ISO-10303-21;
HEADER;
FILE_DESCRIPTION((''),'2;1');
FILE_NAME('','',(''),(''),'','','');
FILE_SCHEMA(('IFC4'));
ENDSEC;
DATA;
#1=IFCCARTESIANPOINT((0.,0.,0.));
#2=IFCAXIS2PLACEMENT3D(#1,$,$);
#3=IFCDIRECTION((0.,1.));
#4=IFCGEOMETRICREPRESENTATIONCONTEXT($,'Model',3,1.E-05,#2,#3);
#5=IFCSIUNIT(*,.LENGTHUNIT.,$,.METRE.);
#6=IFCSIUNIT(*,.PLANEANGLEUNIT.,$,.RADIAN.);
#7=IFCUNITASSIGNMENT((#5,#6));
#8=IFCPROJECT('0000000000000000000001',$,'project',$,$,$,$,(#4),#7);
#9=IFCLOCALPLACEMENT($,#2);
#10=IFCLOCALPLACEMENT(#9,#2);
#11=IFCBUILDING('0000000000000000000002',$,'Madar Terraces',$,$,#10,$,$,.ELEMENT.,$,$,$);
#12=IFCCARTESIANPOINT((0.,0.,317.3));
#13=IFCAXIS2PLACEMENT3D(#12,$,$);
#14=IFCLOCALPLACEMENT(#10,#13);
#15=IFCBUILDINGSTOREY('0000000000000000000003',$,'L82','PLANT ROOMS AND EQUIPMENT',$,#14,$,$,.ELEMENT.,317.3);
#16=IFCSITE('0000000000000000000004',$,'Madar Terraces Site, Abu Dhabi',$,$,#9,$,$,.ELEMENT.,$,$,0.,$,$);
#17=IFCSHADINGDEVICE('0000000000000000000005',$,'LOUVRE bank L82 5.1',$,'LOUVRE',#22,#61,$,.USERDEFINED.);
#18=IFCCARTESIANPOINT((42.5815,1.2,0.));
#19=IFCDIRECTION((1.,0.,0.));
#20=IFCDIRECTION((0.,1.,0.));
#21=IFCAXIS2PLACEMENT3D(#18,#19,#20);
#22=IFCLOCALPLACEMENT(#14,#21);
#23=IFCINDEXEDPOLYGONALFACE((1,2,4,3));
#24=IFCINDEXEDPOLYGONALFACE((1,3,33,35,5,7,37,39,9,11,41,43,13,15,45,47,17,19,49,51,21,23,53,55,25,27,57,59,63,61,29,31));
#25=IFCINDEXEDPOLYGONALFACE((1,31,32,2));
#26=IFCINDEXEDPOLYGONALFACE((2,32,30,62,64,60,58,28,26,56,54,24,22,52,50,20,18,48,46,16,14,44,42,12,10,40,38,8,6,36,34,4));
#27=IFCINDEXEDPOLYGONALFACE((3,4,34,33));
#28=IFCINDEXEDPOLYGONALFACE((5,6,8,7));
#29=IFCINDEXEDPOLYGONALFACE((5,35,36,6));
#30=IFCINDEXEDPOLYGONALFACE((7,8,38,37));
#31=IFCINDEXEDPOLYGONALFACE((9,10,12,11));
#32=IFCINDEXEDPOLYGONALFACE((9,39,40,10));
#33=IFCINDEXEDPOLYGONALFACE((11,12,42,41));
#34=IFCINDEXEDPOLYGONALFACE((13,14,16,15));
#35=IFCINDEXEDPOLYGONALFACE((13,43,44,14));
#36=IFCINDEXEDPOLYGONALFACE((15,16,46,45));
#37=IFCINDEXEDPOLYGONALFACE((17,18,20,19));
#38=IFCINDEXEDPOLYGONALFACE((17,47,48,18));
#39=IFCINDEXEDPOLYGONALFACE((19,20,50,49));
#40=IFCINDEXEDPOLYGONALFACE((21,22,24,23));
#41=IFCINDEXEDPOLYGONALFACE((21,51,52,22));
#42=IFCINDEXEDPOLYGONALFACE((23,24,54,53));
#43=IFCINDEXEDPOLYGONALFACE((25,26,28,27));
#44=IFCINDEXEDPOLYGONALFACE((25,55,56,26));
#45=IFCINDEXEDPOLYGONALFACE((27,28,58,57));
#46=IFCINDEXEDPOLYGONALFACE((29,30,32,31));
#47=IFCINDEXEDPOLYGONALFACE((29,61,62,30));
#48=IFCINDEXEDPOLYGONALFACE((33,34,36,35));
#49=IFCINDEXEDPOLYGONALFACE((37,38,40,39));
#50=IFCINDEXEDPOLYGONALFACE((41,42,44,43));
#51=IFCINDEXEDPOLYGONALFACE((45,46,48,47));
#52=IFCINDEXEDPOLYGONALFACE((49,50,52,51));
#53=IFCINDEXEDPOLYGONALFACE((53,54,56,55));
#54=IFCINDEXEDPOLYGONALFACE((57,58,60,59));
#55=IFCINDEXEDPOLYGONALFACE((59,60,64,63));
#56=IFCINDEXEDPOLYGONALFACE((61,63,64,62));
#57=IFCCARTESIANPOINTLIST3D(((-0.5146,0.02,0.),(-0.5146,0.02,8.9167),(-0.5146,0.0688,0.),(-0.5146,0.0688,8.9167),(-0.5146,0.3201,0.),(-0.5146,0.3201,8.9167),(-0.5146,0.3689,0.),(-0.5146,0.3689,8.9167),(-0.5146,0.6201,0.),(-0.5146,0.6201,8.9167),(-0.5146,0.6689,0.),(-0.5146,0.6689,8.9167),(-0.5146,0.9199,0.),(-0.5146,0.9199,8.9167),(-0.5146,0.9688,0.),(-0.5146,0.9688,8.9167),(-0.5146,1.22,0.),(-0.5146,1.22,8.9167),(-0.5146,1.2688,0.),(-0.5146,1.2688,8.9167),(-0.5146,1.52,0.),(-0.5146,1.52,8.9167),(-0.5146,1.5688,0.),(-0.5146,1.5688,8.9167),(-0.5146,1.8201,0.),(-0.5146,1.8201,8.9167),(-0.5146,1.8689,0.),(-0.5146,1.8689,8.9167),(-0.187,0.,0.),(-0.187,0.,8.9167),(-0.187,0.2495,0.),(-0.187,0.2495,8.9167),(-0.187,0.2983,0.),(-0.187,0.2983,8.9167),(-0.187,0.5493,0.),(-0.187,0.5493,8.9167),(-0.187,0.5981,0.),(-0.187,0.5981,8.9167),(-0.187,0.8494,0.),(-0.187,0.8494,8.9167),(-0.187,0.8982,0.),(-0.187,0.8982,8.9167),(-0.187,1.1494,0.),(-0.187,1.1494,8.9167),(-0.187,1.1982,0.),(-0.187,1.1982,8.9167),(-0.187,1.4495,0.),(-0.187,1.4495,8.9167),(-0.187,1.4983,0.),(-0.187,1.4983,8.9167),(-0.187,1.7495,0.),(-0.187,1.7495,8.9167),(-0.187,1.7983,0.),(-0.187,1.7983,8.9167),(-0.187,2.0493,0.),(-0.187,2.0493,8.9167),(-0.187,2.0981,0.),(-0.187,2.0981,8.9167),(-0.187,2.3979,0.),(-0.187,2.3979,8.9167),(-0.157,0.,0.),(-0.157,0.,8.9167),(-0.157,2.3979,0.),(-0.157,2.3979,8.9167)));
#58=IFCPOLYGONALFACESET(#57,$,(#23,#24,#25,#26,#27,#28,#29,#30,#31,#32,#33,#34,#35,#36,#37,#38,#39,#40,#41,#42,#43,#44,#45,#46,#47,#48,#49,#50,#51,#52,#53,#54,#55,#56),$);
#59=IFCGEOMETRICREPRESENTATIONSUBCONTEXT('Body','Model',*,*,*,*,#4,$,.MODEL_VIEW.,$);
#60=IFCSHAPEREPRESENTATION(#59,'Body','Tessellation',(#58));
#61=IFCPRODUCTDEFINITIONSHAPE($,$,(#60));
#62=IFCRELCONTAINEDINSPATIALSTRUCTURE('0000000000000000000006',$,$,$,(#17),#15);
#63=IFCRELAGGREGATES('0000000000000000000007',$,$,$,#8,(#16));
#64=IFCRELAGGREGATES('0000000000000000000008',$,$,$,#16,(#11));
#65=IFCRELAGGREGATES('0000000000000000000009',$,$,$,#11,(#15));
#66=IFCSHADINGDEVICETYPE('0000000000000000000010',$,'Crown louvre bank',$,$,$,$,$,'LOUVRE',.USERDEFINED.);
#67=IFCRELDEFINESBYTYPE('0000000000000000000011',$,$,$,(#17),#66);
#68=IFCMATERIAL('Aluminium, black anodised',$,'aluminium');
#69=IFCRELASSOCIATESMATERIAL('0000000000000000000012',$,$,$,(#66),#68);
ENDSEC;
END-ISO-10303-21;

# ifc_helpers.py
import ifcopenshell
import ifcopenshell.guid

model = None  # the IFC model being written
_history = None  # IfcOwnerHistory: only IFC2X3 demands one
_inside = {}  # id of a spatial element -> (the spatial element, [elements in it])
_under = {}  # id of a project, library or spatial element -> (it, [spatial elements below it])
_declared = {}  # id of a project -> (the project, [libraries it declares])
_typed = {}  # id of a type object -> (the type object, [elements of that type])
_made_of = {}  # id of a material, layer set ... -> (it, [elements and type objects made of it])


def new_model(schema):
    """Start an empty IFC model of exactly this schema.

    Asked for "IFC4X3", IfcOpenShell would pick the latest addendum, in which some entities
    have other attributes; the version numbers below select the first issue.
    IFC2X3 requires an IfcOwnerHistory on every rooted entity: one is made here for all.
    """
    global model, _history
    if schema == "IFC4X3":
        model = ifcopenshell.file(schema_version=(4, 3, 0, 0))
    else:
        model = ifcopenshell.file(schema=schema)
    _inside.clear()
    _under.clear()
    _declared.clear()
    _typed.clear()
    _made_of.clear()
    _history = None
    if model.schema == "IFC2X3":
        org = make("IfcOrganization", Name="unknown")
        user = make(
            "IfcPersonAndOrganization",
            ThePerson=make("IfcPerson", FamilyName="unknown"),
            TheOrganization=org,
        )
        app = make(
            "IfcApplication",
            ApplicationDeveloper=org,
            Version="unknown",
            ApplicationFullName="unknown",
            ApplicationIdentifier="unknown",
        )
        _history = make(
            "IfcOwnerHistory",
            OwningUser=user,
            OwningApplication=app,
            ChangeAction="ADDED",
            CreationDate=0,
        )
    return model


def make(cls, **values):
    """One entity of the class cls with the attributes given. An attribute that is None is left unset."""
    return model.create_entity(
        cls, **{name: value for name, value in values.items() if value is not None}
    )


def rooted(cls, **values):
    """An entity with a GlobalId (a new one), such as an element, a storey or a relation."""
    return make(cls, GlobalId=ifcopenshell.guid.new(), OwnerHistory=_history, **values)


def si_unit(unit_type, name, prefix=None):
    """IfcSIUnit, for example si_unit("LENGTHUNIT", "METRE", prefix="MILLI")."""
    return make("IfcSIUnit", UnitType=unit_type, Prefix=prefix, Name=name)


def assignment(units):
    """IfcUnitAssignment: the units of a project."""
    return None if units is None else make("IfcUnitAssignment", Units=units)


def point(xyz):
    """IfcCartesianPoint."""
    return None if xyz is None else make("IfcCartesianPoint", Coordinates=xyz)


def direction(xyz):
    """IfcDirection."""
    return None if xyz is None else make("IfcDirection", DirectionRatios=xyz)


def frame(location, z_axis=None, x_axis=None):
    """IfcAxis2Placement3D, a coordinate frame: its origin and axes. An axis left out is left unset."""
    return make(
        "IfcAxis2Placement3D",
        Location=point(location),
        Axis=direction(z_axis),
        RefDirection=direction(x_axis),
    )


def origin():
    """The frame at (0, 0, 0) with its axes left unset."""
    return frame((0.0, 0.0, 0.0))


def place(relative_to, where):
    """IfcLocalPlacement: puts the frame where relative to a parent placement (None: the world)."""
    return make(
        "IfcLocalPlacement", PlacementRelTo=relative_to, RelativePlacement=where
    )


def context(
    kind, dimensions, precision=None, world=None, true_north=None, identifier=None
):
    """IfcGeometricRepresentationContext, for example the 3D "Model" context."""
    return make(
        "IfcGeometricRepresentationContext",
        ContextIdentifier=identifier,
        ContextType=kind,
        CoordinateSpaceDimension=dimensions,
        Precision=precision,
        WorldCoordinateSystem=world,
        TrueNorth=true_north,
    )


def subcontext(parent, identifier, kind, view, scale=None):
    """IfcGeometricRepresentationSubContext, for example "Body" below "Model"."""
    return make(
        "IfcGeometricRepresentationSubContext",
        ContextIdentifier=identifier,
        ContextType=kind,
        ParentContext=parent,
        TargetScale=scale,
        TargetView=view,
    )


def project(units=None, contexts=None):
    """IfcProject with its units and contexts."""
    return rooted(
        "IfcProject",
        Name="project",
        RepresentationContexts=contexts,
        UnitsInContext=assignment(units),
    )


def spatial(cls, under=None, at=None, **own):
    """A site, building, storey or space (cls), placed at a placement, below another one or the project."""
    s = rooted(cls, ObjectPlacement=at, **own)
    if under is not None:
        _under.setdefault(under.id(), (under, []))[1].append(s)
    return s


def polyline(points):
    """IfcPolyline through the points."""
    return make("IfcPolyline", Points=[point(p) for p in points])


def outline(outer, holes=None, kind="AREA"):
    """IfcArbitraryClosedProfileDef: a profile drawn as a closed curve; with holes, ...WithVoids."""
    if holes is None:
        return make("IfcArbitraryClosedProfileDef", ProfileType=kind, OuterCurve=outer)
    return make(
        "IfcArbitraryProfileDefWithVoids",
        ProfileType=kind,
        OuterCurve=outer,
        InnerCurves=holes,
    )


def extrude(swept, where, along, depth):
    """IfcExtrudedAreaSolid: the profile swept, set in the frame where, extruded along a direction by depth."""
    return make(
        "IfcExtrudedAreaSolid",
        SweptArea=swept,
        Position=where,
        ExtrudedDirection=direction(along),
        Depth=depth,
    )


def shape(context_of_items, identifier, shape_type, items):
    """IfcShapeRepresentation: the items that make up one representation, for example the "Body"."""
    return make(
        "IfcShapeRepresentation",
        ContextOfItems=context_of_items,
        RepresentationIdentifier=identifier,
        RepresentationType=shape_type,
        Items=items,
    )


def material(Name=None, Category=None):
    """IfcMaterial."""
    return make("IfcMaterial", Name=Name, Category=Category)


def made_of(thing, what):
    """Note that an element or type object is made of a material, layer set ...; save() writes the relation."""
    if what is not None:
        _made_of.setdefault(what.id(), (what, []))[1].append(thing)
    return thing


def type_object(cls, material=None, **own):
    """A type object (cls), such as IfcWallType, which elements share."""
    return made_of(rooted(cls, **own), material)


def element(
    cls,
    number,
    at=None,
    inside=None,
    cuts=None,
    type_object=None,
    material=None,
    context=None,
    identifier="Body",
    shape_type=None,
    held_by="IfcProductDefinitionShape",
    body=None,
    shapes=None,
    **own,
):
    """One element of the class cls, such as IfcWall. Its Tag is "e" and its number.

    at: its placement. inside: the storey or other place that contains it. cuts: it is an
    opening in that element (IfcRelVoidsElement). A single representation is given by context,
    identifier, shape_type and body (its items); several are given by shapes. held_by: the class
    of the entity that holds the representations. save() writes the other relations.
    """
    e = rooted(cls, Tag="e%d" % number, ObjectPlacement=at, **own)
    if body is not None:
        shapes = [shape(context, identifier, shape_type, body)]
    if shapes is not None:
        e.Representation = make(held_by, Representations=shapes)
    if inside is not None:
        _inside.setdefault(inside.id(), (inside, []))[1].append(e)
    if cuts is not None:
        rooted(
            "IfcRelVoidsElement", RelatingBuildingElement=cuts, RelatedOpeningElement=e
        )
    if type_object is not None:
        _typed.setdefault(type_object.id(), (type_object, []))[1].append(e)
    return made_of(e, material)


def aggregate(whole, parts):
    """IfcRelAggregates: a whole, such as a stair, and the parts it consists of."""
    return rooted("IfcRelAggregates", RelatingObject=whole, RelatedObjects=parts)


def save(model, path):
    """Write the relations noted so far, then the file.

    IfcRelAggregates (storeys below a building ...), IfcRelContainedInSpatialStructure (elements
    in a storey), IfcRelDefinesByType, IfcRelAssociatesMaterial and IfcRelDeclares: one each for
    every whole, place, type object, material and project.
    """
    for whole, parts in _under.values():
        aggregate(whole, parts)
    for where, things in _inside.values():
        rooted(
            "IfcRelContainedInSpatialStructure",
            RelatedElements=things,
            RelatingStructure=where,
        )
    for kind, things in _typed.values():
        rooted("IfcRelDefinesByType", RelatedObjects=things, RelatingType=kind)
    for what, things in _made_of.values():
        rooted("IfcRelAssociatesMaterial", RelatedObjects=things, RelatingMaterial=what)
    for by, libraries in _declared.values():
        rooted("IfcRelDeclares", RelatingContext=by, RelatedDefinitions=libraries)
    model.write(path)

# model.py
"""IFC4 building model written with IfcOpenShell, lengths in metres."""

from ifc_helpers import new_model, si_unit, direction, frame, origin, place, context, subcontext, project, spatial, polyline, outline, extrude, material, type_object, element, save


model = new_model("IFC4")

# Units and contexts
model_context = context("Model", 3, precision=1e-05, world=origin(), true_north=direction((0.0, 1.0)))
body_context = subcontext(model_context, "Body", "Model", "MODEL_VIEW")
ifc_project = project(units=[si_unit("LENGTHUNIT", "METRE"), si_unit("PLANEANGLEUNIT", "RADIAN")], contexts=[model_context])

# Site, building, storey
site_placement = place(None, origin())
site = spatial("IfcSite", under=ifc_project, at=site_placement, Name="Madar Terraces Site, Abu Dhabi", CompositionType="ELEMENT", RefElevation=0.0)
building_placement = place(site_placement, origin())
building = spatial("IfcBuilding", under=site, at=building_placement, Name="Madar Terraces", CompositionType="ELEMENT")
storey_placement = place(building_placement, frame((0.0, 0.0, 317.3)))
storey = spatial("IfcBuildingStorey", under=building, at=storey_placement, Name="L82", Description="PLANT ROOMS AND EQUIPMENT", CompositionType="ELEMENT", Elevation=317.3)

# Shading device
ifc_material_1 = material(Name="Aluminium, black anodised", Category="aluminium")
shading_device_type = type_object("IfcShadingDeviceType", Name="Crown louvre bank", ElementType="LOUVRE", PredefinedType="USERDEFINED", material=ifc_material_1)
shading_device_1_placement = place(storey_placement, frame((42.5815, 1.2, 0.0), z_axis=(1.0, 0.0, 0.0), x_axis=(0.0, 1.0, 0.0)))
element("IfcShadingDevice", 1, at=shading_device_1_placement, inside=storey, type_object=shading_device_type, Name="LOUVRE bank L82 5.1", ObjectType="LOUVRE", PredefinedType="USERDEFINED", context=body_context, shape_type="SweptSolid", body=[
    extrude(outline(polyline([(-0.157, 0.0), (-0.187, 0.0), (-0.187, 0.2495), (-0.5146, 0.02), (-0.5146, 0.0688), (-0.187, 0.2983), (-0.187, 0.5493), (-0.5146, 0.3201), (-0.5146, 0.3689), (-0.187, 0.5981), (-0.187, 0.8494), (-0.5146, 0.6201), (-0.5146, 0.6689), (-0.187, 0.8982), (-0.187, 1.1494), (-0.5146, 0.9199), (-0.5146, 0.9688), (-0.187, 1.1982), (-0.187, 1.4495), (-0.5146, 1.22), (-0.5146, 1.2688), (-0.187, 1.4983), (-0.187, 1.7495), (-0.5146, 1.52), (-0.5146, 1.5688), (-0.187, 1.7983), (-0.187, 2.0493), (-0.5146, 1.8201), (-0.5146, 1.8689), (-0.187, 2.0981), (-0.187, 2.3979), (-0.157, 2.3979), (-0.157, 0.0)])), origin(), (0.0, 0.0, 1.0), 8.9167),
])

save(model, "model.ifc")
